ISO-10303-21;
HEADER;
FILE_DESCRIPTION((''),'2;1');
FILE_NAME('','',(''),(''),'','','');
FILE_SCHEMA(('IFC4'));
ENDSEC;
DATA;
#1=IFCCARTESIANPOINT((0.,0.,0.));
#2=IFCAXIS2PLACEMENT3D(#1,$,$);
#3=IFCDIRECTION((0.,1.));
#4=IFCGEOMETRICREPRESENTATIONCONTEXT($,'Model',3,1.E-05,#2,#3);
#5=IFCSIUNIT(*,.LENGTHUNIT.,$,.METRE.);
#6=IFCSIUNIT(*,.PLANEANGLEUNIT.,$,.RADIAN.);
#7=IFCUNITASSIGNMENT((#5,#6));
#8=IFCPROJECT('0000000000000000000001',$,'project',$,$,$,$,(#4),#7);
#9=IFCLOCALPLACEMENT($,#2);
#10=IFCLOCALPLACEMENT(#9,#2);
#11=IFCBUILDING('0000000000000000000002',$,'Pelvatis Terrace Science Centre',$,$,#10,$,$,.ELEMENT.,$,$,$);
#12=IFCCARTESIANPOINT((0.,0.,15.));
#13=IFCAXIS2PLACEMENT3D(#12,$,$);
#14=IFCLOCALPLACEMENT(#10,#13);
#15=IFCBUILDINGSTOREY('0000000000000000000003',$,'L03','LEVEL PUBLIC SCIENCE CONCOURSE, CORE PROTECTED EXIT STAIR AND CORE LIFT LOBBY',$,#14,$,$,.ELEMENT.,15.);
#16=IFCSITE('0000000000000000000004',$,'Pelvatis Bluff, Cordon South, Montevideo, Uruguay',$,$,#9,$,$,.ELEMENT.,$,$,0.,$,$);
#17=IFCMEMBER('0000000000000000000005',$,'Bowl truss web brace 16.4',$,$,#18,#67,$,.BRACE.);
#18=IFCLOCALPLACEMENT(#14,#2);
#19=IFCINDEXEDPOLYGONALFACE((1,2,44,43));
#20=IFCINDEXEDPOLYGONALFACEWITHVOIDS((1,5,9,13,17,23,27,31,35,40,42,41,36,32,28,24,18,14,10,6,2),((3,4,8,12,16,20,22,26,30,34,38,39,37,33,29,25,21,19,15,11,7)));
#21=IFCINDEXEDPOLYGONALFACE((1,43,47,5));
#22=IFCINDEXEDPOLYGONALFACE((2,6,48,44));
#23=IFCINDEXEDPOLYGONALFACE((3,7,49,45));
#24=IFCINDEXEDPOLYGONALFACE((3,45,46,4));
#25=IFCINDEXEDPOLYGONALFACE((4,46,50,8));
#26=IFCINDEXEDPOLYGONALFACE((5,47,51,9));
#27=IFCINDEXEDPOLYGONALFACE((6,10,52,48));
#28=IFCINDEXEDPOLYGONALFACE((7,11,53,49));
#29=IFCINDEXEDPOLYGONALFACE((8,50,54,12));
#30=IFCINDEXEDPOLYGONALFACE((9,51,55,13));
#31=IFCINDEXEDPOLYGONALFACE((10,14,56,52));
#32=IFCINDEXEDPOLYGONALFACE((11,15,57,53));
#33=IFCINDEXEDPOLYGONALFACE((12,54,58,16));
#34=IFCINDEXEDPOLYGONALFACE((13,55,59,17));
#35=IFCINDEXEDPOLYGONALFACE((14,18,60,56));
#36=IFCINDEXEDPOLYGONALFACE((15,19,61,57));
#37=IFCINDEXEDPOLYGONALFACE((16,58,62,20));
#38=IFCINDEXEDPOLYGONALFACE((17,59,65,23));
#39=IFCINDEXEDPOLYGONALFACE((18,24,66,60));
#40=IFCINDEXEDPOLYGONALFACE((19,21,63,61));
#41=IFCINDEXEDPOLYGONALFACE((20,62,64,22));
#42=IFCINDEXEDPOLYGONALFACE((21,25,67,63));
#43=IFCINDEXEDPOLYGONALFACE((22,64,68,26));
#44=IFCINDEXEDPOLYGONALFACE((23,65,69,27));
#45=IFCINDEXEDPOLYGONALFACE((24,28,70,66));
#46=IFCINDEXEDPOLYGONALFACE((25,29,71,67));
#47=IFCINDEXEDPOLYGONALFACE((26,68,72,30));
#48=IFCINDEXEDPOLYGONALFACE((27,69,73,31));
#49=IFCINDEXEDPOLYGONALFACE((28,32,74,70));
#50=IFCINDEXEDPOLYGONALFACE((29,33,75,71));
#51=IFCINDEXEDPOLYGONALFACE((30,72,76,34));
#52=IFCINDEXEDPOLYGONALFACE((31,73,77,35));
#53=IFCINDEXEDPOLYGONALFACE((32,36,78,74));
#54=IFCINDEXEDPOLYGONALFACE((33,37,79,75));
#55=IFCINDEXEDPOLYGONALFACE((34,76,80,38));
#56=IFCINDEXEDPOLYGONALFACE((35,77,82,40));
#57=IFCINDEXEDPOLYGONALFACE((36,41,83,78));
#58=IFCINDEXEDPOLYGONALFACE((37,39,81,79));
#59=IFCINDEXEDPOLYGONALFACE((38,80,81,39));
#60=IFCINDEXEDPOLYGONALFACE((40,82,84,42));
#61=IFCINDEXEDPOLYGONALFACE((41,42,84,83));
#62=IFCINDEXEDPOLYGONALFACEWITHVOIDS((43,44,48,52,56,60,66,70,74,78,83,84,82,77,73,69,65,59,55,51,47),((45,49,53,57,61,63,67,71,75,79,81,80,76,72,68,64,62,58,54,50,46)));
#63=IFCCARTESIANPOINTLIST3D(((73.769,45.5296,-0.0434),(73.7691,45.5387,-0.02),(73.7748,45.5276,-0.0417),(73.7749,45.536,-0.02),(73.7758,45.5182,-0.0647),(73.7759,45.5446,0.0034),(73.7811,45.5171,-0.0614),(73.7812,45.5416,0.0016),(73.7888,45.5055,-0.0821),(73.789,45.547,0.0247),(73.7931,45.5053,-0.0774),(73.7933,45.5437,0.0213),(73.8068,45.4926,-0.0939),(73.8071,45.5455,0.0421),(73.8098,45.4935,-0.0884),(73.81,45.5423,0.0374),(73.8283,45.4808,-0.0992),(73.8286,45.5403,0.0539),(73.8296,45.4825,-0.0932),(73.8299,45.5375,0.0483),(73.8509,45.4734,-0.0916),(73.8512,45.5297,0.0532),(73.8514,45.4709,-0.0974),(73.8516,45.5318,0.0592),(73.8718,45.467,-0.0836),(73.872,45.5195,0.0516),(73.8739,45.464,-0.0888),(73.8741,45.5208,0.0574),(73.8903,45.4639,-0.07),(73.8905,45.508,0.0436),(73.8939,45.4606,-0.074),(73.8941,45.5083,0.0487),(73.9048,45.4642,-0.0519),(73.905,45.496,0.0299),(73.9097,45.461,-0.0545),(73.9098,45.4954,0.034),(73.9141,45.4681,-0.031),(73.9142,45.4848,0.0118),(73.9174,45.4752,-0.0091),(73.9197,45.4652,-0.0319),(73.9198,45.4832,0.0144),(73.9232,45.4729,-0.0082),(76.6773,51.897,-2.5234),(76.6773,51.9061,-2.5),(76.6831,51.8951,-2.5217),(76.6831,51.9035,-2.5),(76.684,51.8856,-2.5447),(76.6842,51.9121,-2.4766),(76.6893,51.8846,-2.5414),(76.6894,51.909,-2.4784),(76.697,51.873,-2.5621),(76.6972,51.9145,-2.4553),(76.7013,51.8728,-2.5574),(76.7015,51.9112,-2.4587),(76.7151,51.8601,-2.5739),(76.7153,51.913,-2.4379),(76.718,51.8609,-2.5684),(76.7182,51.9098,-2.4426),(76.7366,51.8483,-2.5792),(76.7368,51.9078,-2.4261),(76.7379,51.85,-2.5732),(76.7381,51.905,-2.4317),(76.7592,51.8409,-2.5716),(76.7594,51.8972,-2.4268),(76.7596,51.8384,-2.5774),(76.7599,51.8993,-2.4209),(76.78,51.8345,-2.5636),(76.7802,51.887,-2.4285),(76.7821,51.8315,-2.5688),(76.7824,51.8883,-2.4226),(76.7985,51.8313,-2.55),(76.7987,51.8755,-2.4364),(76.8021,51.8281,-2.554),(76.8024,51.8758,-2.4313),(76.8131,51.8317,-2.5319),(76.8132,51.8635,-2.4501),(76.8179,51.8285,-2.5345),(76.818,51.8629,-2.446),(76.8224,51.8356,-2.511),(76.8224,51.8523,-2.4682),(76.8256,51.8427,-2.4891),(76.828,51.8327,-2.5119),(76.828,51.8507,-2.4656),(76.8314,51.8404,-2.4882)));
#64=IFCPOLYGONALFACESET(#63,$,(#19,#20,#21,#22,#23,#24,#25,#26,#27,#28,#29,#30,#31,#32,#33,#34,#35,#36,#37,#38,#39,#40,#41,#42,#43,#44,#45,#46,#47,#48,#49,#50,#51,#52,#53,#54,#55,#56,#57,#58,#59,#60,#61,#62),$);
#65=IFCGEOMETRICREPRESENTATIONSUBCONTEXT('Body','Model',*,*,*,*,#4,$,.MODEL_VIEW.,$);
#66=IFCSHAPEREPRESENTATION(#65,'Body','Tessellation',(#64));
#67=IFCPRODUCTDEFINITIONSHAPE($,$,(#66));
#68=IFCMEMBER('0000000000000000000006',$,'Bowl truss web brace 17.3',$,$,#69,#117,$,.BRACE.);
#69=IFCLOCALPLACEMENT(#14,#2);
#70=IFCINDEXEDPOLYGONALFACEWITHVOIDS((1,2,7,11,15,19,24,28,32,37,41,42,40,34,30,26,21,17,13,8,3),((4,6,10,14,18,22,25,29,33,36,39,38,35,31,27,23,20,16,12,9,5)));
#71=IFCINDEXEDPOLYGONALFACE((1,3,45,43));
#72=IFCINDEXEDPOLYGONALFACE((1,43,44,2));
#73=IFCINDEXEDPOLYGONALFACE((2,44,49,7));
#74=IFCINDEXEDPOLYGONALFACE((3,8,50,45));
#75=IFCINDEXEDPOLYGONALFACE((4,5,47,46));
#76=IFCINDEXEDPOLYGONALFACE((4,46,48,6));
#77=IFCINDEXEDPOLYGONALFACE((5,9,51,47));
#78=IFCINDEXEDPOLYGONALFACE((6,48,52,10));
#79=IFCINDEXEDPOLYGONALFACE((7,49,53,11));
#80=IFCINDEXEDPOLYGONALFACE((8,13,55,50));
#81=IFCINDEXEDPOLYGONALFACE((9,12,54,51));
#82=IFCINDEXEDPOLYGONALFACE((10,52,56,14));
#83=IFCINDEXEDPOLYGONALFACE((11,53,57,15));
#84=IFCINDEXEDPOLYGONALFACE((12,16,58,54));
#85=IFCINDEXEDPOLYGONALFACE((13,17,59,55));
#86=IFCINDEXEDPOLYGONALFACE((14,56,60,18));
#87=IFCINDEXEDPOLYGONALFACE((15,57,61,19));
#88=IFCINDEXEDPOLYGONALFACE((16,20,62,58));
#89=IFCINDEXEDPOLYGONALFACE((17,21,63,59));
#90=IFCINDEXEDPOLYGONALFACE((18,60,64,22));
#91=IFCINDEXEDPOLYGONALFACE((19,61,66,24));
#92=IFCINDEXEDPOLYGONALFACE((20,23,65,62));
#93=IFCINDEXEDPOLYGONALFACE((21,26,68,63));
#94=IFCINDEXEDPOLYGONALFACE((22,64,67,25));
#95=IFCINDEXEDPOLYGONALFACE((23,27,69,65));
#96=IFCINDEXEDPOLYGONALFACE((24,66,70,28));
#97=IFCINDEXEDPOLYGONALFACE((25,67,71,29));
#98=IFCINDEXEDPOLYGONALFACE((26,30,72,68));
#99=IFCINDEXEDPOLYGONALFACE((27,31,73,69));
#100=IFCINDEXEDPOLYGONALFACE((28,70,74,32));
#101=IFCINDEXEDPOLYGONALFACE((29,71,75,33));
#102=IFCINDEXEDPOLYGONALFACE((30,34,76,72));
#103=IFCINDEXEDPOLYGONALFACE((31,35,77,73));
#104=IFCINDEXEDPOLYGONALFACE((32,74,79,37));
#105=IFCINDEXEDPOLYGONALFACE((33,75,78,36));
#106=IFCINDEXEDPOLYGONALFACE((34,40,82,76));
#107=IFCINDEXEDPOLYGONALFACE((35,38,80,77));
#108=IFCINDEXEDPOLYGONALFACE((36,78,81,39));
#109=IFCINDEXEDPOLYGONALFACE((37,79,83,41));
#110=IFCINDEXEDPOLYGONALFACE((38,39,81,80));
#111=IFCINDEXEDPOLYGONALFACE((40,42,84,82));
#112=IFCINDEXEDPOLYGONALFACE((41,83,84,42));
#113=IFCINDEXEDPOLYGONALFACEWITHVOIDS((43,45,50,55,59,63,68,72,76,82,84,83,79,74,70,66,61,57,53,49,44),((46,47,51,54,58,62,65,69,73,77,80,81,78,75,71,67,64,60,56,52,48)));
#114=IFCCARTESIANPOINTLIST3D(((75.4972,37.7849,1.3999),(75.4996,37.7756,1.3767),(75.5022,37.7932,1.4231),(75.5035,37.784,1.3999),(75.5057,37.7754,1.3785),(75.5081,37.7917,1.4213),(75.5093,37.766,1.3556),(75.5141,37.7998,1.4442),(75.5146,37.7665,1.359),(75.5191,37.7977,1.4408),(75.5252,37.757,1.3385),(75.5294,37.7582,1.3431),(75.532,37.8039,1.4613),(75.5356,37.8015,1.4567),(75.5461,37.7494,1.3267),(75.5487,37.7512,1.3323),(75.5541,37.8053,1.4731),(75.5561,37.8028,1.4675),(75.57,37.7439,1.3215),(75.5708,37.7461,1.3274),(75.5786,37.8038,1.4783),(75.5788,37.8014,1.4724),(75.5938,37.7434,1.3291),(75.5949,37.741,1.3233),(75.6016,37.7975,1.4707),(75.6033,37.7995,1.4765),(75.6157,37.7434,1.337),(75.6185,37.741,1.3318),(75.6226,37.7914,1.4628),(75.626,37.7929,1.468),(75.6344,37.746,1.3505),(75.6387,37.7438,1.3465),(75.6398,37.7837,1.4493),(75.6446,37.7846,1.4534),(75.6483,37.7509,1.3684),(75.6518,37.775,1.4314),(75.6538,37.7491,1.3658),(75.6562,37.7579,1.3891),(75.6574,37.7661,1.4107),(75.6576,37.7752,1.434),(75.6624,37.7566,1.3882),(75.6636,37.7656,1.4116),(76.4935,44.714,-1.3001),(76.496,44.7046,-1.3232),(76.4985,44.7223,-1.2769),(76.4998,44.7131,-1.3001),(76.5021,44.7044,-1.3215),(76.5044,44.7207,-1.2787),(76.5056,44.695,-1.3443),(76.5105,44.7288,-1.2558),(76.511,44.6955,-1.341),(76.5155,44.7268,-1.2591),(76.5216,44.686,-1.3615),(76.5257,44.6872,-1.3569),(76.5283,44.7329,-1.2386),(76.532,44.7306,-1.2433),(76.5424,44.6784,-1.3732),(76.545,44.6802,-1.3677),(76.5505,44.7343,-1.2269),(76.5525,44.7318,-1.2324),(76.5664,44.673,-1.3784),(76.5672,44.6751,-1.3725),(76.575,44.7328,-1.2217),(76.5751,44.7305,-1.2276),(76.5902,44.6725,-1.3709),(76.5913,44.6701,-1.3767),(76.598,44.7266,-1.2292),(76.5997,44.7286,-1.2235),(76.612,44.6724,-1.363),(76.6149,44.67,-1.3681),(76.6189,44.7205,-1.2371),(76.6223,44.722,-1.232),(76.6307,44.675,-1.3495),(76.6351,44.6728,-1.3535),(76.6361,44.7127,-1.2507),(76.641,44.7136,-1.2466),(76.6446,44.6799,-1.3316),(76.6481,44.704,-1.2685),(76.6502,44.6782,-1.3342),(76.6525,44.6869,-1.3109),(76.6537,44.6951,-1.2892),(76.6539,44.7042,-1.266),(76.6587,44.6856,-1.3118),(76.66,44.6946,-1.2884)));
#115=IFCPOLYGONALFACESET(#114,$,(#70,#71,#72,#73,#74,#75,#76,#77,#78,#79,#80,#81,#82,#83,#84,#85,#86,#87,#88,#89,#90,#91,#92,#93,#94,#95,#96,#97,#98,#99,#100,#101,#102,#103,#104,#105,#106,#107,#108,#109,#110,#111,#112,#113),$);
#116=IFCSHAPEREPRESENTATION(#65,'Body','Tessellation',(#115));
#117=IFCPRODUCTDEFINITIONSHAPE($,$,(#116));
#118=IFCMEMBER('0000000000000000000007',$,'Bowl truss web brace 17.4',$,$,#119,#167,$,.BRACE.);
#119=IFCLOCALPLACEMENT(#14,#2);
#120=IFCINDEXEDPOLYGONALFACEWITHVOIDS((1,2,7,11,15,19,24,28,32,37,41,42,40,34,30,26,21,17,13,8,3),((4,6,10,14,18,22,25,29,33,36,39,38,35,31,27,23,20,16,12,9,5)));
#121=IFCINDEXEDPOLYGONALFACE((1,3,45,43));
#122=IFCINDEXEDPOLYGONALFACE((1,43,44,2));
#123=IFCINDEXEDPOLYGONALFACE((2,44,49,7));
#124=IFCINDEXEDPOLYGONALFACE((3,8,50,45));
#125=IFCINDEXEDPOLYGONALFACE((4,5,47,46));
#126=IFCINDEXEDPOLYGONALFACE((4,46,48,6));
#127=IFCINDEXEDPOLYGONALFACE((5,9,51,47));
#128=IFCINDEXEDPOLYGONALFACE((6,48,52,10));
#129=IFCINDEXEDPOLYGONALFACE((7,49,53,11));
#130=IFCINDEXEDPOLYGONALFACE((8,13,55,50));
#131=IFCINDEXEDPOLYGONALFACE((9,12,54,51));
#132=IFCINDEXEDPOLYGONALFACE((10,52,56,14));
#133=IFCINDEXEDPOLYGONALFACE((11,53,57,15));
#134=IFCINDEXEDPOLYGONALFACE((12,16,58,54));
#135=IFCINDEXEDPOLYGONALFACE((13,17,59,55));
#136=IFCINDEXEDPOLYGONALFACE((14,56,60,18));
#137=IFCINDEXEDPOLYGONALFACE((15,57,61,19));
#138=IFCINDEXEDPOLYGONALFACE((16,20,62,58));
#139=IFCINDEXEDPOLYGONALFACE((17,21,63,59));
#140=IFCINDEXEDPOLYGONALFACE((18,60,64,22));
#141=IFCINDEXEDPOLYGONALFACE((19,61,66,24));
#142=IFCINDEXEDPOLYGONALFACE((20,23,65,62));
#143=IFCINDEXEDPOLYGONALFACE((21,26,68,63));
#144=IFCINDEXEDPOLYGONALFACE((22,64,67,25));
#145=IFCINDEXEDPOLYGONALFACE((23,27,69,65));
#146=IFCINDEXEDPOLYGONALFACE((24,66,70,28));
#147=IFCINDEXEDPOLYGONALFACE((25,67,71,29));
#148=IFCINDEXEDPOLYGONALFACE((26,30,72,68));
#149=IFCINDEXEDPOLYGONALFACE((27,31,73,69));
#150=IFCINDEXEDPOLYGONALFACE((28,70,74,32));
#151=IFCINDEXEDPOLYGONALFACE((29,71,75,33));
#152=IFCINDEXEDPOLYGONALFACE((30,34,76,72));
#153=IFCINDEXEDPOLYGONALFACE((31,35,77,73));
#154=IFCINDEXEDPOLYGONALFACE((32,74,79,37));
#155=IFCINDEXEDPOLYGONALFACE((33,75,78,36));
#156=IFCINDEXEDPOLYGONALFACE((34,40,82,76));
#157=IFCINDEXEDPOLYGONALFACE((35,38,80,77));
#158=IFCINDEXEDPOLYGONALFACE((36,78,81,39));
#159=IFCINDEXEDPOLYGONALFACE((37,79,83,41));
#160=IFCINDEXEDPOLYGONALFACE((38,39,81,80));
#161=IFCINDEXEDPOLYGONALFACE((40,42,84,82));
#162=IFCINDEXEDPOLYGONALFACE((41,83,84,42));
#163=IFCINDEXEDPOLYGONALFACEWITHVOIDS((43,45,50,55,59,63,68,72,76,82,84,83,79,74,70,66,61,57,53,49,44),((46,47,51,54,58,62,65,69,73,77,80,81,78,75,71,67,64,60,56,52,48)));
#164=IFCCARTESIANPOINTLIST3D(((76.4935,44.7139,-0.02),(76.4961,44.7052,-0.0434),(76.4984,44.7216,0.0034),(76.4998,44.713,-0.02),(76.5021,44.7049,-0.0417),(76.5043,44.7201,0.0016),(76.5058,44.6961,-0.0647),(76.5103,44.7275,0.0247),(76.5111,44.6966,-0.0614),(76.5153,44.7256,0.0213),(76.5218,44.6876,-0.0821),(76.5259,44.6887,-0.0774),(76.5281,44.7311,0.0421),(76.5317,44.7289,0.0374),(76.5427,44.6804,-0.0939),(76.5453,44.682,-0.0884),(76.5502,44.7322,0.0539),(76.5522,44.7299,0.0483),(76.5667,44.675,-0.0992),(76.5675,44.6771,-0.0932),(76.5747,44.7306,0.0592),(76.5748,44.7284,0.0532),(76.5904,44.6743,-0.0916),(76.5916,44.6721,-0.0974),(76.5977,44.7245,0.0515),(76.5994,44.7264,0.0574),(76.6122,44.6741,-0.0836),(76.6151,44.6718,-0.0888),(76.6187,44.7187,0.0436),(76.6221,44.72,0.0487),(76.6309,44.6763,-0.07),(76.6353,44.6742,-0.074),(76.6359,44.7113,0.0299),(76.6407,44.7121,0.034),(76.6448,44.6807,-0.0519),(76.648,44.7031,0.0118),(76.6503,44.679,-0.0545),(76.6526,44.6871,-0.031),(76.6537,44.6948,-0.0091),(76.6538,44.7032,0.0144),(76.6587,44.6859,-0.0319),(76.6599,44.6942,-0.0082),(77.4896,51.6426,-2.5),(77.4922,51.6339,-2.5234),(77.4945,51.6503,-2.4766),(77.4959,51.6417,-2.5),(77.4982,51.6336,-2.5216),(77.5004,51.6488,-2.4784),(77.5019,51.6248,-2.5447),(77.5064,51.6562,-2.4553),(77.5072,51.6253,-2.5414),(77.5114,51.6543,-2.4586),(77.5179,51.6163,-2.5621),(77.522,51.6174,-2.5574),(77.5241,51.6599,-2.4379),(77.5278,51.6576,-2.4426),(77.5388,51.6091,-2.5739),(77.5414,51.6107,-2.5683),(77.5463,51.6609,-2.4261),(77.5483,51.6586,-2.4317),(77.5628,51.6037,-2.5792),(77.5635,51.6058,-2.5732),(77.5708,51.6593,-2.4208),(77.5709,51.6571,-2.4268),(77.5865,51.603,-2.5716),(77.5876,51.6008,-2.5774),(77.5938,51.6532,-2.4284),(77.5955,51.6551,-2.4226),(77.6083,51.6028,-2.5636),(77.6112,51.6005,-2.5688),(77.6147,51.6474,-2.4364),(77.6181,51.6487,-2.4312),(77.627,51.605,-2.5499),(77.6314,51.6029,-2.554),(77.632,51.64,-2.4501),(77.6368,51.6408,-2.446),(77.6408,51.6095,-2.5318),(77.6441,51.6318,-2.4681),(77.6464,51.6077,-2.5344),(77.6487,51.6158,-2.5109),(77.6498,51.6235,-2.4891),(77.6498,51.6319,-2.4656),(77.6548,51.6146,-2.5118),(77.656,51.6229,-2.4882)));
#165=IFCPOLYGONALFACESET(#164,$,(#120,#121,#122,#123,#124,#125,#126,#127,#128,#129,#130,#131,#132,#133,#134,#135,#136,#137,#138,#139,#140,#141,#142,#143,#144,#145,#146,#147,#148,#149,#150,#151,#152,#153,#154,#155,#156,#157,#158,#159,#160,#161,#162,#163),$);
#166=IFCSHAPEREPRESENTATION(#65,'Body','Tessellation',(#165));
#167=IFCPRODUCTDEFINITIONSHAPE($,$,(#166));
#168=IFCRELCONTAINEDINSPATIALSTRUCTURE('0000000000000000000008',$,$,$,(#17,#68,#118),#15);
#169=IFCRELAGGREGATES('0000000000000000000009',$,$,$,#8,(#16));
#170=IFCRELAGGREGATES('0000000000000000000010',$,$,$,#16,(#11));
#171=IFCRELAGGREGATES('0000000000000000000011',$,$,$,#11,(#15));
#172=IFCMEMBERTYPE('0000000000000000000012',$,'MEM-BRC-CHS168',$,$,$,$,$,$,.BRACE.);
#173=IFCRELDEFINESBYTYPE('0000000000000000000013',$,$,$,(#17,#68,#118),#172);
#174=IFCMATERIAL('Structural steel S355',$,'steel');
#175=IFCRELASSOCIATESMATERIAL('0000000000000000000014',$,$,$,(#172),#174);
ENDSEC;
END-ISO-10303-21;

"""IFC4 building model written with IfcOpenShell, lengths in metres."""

from ifc_helpers import new_model, si_unit, direction, frame, origin, origin_2d, place, context, subcontext, project, spatial, hollow_circle, extrude, material, material_profile, profile_set, type_object, element, save


model = new_model("IFC4")

# Units and contexts
model_context = context("Model", 3, precision=1e-05, world=origin(), true_north=direction((0.0, 1.0)))
body_context = subcontext(model_context, "Body", "Model", "MODEL_VIEW")
ifc_project = project(units=[si_unit("LENGTHUNIT", "METRE"), si_unit("PLANEANGLEUNIT", "RADIAN")], contexts=[model_context])

# Site, building, storey
site_placement = place(None, origin())
site = spatial("IfcSite", under=ifc_project, at=site_placement, Name="Pelvatis Bluff, Cordon South, Montevideo, Uruguay", CompositionType="ELEMENT", RefElevation=0.0)
building_placement = place(site_placement, origin())
building = spatial("IfcBuilding", under=site, at=building_placement, Name="Pelvatis Terrace Science Centre", CompositionType="ELEMENT")
storey_placement = place(building_placement, frame((0.0, 0.0, 15.0)))
storey = spatial("IfcBuildingStorey", under=building, at=storey_placement, Name="L03", Description="LEVEL PUBLIC SCIENCE CONCOURSE, CORE PROTECTED EXIT STAIR AND CORE LIFT LOBBY", CompositionType="ELEMENT", Elevation=15.0)

# Members
ifc_material_1 = material(Name="Structural steel S355", Category="steel")
ifc_material_profile_1 = material_profile(ifc_material_1, hollow_circle(Radius=0.0842, WallThickness=0.0063, at=origin_2d()), Name="CHS 168.3x6.3")
ifc_profile_set_1 = profile_set([ifc_material_profile_1], Name="Structural steel S355")
member_type_1 = type_object("IfcMemberType", Name="MEM-BRC-CHS168", PredefinedType="BRACE", material=ifc_profile_set_1)
member_1_placement = place(storey_placement, frame((73.8457, 45.5037, -0.02), z_axis=(0.391601, 0.857399, -0.333939), x_axis=(-0.909616, 0.41545, 0.0)))
element("IfcMember", 1, at=member_1_placement, inside=storey, type_object=member_type_1, Name="Bowl truss web brace 16.4", PredefinedType="BRACE", context=body_context, shape_type="SweptSolid", body=[
    extrude(hollow_circle(Radius=0.0842, WallThickness=0.0063, at=origin_2d()), origin(), (0.0, 0.0, 1.0), 7.4265),
])
member_2_placement = place(storey_placement, frame((75.5806, 37.7729, 1.3999), z_axis=(0.132794, 0.923509, -0.359856), x_axis=(-0.989819, 0.142329, 0.0)))
element("IfcMember", 2, at=member_2_placement, inside=storey, type_object=member_type_1, Name="Bowl truss web brace 17.3", PredefinedType="BRACE", context=body_context, shape_type="SweptSolid", body=[
    extrude(hollow_circle(Radius=0.0842, WallThickness=0.0063, at=origin_2d()), origin(), (0.0, 0.0, 1.0), 7.5029),
])
for number, where, z_axis, x_axis, name in (
    (3, (76.5769, 44.7019, -0.02), (0.134131, 0.933, -0.333947), (-0.989824, 0.1423, 0.0), "Bowl truss web brace 17.4"),
):
    element("IfcMember", number, at=place(storey_placement, frame(where, z_axis=z_axis, x_axis=x_axis)), inside=storey, type_object=member_type_1, Name=name, PredefinedType="BRACE", context=body_context, shape_type="SweptSolid", body=[
        extrude(hollow_circle(Radius=0.0842, WallThickness=0.0063, at=origin_2d()), origin(), (0.0, 0.0, 1.0), 7.4263),
    ])

save(model, "model.ifc")
